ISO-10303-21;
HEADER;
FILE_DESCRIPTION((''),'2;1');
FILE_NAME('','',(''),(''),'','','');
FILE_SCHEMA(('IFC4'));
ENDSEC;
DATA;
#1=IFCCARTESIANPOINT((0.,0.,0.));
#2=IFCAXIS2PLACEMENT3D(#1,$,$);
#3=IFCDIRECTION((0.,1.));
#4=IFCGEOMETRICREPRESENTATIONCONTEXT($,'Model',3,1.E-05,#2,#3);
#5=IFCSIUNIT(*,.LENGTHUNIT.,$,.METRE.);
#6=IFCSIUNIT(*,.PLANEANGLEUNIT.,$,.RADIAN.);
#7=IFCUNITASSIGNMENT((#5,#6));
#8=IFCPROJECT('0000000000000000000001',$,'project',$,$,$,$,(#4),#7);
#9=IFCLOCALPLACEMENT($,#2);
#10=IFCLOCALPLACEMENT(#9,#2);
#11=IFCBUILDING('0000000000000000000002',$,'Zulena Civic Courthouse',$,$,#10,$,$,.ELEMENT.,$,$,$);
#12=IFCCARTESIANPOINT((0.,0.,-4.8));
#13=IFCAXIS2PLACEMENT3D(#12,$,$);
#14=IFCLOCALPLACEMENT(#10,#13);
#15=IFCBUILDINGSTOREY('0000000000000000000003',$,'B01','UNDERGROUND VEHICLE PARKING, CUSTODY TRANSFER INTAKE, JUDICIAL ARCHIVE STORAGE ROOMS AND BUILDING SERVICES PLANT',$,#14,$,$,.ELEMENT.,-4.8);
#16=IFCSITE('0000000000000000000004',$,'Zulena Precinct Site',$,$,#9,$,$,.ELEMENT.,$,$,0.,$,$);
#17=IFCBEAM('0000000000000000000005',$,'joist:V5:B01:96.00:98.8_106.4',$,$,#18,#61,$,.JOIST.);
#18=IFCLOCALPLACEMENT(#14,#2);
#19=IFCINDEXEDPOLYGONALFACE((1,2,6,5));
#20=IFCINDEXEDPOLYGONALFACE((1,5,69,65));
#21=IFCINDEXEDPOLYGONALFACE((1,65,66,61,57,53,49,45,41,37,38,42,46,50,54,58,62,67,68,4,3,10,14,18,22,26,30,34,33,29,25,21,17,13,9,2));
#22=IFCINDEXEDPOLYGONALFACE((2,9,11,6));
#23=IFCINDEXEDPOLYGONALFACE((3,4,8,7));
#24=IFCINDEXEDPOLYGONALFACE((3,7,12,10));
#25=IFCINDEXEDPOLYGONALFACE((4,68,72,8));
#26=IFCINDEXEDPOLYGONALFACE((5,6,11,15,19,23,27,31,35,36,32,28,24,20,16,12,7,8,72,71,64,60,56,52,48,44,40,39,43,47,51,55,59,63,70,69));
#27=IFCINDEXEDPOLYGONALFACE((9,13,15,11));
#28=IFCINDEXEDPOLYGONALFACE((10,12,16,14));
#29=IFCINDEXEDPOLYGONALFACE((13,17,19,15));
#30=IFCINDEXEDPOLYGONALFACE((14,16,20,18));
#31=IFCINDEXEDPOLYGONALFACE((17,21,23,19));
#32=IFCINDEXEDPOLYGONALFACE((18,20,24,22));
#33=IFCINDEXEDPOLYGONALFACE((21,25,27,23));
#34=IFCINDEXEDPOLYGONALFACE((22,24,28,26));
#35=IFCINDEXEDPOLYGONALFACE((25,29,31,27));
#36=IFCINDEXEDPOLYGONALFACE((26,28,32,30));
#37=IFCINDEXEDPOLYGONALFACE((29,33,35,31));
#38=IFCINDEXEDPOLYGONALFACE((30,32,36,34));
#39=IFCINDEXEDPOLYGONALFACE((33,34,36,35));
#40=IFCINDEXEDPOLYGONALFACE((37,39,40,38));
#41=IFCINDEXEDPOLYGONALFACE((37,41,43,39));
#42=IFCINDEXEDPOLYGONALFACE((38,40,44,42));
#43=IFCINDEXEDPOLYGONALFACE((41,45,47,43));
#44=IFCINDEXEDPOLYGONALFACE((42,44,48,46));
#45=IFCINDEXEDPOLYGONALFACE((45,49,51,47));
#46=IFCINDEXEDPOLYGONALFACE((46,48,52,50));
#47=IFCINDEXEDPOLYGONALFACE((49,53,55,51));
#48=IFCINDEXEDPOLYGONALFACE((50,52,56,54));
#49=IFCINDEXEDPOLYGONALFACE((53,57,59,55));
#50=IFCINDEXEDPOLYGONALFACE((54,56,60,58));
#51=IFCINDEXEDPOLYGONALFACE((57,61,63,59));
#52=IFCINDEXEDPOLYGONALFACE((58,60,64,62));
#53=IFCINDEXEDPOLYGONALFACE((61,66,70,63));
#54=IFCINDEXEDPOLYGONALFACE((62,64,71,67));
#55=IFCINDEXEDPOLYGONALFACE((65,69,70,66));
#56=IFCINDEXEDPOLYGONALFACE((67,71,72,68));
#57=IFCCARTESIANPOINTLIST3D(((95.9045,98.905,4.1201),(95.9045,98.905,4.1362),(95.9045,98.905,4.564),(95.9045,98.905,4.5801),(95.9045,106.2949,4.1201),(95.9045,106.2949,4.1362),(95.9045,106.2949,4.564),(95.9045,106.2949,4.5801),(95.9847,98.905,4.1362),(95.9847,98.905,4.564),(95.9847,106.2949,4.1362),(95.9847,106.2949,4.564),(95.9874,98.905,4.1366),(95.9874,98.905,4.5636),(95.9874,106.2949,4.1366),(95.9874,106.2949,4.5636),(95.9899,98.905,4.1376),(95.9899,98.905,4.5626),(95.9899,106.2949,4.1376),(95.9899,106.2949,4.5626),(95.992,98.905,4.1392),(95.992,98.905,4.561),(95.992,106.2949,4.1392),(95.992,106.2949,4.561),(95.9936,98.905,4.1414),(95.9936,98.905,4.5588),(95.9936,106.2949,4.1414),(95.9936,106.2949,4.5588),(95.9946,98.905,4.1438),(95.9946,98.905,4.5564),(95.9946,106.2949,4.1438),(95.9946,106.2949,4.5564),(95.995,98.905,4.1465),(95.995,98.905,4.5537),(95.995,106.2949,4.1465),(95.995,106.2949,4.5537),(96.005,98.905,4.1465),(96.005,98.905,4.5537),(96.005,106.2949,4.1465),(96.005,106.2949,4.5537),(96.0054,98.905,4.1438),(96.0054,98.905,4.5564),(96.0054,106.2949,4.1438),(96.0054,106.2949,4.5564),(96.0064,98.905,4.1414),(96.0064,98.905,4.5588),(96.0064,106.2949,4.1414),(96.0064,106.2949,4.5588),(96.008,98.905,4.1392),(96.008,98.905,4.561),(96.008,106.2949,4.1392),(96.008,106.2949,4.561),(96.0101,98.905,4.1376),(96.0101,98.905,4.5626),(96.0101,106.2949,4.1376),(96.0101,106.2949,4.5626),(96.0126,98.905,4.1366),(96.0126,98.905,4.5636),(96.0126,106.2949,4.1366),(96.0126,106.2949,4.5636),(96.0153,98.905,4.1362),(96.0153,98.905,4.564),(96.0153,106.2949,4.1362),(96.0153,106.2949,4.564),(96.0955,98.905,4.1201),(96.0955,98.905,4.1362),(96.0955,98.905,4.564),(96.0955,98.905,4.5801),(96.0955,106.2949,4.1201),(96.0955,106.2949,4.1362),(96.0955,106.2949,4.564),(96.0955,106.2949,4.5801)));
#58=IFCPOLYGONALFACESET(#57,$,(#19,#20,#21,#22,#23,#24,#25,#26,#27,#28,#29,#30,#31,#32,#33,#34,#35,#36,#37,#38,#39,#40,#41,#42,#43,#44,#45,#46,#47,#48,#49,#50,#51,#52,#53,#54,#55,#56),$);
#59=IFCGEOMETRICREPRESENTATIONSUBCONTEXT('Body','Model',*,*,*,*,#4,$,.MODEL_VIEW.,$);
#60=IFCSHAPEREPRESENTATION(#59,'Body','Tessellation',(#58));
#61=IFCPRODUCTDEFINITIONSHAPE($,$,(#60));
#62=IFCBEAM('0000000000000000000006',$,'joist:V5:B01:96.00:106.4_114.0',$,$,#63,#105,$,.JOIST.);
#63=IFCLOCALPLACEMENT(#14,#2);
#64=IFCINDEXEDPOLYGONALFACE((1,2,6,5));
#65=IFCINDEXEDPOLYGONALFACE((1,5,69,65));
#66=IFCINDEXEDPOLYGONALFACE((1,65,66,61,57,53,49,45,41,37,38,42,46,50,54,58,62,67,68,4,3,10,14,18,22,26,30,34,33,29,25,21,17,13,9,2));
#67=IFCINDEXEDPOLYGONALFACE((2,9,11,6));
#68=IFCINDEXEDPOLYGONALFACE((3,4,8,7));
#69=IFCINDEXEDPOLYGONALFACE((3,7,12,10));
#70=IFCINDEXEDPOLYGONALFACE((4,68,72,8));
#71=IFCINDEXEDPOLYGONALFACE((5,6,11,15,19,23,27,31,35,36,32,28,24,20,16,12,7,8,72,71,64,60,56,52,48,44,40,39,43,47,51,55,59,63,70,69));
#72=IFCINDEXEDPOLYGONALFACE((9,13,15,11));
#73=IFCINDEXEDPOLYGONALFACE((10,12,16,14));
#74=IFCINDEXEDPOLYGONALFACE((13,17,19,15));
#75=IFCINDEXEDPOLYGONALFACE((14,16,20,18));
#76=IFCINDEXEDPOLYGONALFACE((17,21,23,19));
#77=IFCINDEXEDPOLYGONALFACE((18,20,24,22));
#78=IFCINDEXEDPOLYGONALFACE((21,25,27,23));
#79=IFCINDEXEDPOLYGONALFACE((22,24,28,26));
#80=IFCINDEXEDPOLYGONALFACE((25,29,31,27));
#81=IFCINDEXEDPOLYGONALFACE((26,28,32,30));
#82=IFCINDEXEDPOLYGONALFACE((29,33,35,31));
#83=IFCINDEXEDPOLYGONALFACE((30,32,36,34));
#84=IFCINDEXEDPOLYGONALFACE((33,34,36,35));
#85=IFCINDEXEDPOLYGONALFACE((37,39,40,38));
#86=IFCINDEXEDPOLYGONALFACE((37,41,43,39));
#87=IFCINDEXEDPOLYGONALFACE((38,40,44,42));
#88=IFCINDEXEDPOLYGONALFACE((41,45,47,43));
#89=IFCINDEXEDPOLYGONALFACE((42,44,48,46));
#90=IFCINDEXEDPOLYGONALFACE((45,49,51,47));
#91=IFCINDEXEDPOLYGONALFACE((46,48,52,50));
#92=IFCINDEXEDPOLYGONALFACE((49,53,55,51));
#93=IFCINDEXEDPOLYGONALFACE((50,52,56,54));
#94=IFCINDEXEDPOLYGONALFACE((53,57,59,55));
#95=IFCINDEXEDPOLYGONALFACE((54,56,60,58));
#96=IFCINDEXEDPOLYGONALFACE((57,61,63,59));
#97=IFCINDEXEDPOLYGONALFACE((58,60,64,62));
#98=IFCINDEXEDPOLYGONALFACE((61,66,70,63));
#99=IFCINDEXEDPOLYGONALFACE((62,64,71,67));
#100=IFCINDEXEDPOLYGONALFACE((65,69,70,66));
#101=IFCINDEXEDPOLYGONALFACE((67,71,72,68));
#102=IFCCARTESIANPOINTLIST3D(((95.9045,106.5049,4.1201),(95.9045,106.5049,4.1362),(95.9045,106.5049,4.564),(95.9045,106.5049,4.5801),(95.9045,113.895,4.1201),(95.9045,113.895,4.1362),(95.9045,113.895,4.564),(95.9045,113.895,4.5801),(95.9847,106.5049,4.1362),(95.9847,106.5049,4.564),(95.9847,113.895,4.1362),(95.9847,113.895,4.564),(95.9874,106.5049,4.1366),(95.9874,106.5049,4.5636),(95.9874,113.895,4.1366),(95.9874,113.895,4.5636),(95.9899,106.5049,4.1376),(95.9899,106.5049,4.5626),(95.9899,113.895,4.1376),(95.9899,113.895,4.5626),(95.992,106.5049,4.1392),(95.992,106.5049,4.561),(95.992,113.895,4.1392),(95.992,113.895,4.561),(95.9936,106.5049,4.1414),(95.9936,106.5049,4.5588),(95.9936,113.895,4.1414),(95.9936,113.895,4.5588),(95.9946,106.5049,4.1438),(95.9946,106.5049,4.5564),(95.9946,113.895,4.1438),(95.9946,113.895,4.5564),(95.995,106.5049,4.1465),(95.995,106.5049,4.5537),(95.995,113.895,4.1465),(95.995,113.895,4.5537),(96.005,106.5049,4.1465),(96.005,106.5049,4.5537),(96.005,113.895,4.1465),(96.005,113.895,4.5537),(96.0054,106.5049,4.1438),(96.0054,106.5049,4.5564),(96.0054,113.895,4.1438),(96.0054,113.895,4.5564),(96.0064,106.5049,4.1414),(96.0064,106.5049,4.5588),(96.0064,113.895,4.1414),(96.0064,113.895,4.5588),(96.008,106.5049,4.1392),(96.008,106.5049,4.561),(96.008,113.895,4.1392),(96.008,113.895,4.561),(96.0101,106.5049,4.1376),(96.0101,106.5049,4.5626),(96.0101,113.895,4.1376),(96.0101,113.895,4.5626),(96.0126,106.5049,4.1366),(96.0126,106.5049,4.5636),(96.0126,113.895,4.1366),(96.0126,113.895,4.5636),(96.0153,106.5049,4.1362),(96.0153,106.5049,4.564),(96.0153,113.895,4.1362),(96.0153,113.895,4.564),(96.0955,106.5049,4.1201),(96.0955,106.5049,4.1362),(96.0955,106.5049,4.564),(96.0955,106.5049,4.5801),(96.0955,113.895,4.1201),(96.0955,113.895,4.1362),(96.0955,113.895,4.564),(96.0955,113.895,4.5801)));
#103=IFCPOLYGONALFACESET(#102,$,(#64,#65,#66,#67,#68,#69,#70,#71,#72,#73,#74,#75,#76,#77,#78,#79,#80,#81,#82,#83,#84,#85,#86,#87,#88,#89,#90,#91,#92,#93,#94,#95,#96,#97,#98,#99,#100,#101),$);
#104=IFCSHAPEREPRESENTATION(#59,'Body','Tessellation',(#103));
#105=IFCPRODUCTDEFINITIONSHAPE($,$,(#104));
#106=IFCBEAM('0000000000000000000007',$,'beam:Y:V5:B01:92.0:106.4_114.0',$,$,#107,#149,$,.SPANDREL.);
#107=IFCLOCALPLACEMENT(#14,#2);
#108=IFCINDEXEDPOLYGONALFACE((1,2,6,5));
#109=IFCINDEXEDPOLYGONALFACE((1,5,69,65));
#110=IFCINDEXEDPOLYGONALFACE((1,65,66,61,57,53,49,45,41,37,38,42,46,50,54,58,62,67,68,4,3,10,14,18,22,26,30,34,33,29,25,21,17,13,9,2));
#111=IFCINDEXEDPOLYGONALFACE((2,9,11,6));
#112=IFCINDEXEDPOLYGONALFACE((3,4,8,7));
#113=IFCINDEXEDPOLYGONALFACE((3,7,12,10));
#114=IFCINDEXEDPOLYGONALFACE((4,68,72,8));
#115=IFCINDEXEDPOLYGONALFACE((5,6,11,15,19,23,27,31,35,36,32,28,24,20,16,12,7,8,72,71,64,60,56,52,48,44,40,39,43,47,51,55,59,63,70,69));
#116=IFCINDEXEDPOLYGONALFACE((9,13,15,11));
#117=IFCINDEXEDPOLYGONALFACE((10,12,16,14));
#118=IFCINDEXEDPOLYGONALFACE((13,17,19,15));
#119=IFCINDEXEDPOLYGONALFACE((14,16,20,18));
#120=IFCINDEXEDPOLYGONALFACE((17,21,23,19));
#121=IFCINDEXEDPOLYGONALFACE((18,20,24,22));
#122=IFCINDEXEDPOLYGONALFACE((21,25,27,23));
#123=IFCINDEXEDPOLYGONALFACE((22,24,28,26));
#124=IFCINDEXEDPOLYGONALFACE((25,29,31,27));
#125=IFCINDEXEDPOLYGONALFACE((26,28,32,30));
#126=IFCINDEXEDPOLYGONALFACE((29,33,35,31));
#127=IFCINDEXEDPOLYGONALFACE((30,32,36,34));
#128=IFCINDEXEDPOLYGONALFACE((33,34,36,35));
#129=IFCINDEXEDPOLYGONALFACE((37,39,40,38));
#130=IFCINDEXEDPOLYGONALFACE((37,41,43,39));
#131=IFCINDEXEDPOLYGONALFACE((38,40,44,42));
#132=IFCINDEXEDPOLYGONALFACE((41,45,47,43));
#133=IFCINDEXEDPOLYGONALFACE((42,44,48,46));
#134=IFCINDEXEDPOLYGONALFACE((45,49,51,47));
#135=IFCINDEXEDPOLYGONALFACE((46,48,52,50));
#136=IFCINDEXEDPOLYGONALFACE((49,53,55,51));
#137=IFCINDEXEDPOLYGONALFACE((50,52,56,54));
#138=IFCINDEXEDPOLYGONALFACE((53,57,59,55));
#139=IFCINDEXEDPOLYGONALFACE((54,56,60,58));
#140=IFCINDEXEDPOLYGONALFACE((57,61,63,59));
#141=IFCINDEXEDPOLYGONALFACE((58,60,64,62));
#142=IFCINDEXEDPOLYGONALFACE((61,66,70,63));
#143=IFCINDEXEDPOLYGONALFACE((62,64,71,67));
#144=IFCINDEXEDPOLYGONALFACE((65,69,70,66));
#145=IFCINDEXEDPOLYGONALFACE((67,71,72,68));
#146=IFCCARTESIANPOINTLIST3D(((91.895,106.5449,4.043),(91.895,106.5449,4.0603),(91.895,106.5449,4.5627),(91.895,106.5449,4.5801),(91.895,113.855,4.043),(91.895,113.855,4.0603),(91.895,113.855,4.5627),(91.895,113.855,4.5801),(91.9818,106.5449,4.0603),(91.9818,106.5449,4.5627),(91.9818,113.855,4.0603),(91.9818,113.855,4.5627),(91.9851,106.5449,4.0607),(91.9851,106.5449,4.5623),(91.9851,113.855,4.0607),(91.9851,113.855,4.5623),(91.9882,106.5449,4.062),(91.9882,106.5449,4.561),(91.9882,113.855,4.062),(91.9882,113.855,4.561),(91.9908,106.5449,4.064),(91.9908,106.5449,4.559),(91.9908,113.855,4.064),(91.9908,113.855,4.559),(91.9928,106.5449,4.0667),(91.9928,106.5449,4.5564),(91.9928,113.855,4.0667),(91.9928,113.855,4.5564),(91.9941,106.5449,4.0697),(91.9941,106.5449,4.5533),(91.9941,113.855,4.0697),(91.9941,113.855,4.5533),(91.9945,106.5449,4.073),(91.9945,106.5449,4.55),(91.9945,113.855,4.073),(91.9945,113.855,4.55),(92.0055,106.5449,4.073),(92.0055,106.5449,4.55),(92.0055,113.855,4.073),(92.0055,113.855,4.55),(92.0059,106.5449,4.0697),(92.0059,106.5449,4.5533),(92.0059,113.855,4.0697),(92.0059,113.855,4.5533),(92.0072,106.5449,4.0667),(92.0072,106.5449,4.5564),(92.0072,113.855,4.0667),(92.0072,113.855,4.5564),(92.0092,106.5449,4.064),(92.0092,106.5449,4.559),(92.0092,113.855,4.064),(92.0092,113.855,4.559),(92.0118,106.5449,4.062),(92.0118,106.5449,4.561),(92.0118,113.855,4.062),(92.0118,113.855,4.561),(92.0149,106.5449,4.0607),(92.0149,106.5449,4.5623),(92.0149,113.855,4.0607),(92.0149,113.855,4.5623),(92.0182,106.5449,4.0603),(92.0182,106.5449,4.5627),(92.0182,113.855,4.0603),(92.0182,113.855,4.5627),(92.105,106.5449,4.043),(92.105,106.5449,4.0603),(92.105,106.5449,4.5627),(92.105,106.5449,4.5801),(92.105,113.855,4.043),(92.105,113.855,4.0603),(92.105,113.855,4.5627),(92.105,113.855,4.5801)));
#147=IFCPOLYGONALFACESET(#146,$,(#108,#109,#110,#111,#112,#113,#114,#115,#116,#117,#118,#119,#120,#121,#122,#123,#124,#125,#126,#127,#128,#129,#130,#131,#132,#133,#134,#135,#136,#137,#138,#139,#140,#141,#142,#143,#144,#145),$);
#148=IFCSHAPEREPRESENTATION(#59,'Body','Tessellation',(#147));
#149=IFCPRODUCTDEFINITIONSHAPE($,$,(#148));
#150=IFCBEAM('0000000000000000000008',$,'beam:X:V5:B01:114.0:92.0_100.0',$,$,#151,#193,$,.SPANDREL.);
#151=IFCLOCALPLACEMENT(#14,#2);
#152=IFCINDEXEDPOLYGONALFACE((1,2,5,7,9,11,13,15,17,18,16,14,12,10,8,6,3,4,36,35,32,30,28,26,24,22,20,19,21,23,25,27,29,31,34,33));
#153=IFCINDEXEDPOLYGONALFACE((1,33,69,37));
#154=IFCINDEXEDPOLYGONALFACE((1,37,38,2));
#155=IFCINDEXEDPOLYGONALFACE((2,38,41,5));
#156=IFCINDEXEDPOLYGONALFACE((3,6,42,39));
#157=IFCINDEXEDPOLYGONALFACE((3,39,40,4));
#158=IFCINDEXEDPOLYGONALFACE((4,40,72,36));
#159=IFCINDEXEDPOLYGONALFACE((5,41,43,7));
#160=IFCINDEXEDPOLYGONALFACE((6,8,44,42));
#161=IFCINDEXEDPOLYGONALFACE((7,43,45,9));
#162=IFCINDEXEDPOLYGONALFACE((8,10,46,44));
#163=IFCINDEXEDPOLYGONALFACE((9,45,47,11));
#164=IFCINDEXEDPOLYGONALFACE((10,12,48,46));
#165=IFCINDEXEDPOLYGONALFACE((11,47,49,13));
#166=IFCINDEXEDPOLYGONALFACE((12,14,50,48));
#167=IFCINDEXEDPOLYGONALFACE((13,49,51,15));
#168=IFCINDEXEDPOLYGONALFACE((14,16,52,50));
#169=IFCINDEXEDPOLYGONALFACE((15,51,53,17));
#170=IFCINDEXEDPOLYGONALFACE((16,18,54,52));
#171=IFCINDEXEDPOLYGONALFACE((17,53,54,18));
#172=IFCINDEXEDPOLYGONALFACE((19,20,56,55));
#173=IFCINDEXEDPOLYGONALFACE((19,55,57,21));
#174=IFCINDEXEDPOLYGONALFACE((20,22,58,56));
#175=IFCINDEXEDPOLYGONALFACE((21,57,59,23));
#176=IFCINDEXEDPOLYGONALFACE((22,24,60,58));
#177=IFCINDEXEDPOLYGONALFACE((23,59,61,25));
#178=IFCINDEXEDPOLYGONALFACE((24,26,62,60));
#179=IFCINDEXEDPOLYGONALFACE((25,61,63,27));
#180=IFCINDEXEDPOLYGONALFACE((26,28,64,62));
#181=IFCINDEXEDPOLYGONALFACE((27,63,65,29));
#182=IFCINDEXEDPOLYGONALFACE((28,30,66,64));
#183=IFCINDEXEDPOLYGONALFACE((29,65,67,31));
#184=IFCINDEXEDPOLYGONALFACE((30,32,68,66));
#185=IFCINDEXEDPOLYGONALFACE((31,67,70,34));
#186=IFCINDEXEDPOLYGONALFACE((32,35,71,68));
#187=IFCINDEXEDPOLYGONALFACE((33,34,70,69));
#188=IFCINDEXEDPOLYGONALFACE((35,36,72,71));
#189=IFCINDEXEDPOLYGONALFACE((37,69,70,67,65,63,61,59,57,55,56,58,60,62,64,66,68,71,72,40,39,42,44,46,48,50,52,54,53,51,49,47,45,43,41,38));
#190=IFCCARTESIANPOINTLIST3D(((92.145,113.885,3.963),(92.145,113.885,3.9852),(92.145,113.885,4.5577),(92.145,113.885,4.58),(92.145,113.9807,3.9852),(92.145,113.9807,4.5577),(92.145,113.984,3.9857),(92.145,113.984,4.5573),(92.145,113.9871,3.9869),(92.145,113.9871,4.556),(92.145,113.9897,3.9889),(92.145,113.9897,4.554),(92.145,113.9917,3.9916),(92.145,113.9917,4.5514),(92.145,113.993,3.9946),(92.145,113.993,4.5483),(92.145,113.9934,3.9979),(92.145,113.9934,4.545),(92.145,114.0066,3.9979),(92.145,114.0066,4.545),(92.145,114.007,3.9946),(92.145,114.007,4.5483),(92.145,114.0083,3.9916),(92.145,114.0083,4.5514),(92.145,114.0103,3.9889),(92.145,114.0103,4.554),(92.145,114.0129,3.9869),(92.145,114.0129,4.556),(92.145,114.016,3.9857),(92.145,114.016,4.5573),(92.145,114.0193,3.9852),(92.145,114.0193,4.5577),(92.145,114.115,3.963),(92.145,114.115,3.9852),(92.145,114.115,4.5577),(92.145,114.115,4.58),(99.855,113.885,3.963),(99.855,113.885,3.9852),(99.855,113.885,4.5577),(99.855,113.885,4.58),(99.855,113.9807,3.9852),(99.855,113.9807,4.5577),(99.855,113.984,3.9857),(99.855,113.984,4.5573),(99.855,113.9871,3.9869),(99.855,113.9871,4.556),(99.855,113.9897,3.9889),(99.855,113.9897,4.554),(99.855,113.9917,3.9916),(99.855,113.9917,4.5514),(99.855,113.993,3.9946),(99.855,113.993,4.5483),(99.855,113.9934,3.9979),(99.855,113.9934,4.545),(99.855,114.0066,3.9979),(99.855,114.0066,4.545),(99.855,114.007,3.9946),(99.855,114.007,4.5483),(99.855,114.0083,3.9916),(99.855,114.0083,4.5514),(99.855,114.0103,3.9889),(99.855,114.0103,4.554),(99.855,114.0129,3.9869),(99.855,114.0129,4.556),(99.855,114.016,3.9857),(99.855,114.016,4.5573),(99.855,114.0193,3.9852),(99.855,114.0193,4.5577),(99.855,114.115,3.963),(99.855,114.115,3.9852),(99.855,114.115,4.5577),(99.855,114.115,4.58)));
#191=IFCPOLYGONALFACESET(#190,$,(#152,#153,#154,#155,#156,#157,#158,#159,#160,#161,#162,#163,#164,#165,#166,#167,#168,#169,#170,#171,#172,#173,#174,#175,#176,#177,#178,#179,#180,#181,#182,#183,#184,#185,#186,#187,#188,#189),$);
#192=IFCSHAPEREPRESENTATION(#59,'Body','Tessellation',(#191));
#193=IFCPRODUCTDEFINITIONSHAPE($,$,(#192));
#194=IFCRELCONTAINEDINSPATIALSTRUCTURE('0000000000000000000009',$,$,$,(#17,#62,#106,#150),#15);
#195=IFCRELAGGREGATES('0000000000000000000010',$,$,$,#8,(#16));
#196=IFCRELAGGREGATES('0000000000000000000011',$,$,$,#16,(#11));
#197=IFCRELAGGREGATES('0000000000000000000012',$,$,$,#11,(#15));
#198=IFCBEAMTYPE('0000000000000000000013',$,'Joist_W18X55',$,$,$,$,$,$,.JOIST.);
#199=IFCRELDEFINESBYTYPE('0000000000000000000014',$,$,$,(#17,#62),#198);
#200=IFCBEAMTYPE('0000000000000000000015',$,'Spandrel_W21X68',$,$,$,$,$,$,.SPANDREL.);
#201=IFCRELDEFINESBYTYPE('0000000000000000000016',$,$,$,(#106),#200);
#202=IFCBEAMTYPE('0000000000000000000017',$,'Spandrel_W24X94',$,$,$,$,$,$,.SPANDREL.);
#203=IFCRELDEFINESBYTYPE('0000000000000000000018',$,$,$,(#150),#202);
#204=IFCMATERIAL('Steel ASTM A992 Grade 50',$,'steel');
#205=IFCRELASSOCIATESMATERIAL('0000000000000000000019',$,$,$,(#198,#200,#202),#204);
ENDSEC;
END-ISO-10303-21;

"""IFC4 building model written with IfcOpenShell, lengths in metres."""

from ifc_helpers import new_model, si_unit, direction, frame, origin, origin_2d, place, context, subcontext, project, spatial, i_section, extrude, material, material_profile, profile_set, type_object, element, save


model = new_model("IFC4")

# Units and contexts
model_context = context("Model", 3, precision=1e-05, world=origin(), true_north=direction((0.0, 1.0)))
body_context = subcontext(model_context, "Body", "Model", "MODEL_VIEW")
ifc_project = project(units=[si_unit("LENGTHUNIT", "METRE"), si_unit("PLANEANGLEUNIT", "RADIAN")], contexts=[model_context])

# Site, building, storey
site_placement = place(None, origin())
site = spatial("IfcSite", under=ifc_project, at=site_placement, Name="Zulena Precinct Site", CompositionType="ELEMENT", RefElevation=0.0)
building_placement = place(site_placement, origin())
building = spatial("IfcBuilding", under=site, at=building_placement, Name="Zulena Civic Courthouse", CompositionType="ELEMENT")
storey_placement = place(building_placement, frame((0.0, 0.0, -4.8)))
storey = spatial("IfcBuildingStorey", under=building, at=storey_placement, Name="B01", Description="UNDERGROUND VEHICLE PARKING, CUSTODY TRANSFER INTAKE, JUDICIAL ARCHIVE STORAGE ROOMS AND BUILDING SERVICES PLANT", CompositionType="ELEMENT", Elevation=-4.8)

# Shared definitions
ifc_material_1 = material(Name="Steel ASTM A992 Grade 50", Category="steel")

# Beams
ifc_material_profile_1 = material_profile(ifc_material_1, i_section(OverallWidth=0.1909, OverallDepth=0.46, WebThickness=0.01, FlangeThickness=0.0161, FilletRadius=0.0103, at=origin_2d()), Name="W18X55")
ifc_profile_set_1 = profile_set([ifc_material_profile_1], Name="Steel ASTM A992 Grade 50")
beam_type_1 = type_object("IfcBeamType", Name="Joist_W18X55", PredefinedType="JOIST", material=ifc_profile_set_1)
beam_1_placement = place(storey_placement, frame((96.0, 98.905, 4.3501), z_axis=(0.0, 1.0, 0.0), x_axis=(-1.0, 0.0, 0.0)))
element("IfcBeam", 1, at=beam_1_placement, inside=storey, type_object=beam_type_1, Name="joist:V5:B01:96.00:98.8_106.4", PredefinedType="JOIST", context=body_context, shape_type="SweptSolid", body=[
    extrude(i_section(OverallWidth=0.1909, OverallDepth=0.46, WebThickness=0.01, FlangeThickness=0.0161, FilletRadius=0.0103, at=origin_2d()), origin(), (0.0, 0.0, 1.0), 7.3899),
])
beam_2_placement = place(storey_placement, frame((96.0, 106.5049, 4.3501), z_axis=(0.0, 1.0, 0.0), x_axis=(-1.0, 0.0, 0.0)))
element("IfcBeam", 2, at=beam_2_placement, inside=storey, type_object=beam_type_1, Name="joist:V5:B01:96.00:106.4_114.0", PredefinedType="JOIST", context=body_context, shape_type="SweptSolid", body=[
    extrude(i_section(OverallWidth=0.1909, OverallDepth=0.46, WebThickness=0.01, FlangeThickness=0.0161, FilletRadius=0.0103, at=origin_2d()), origin(), (0.0, 0.0, 1.0), 7.3901),
])
ifc_material_profile_2 = material_profile(ifc_material_1, i_section(OverallWidth=0.21, OverallDepth=0.5371, WebThickness=0.011, FlangeThickness=0.0173, FilletRadius=0.0127, at=origin_2d()), Name="W21X68")
ifc_profile_set_2 = profile_set([ifc_material_profile_2], Name="Steel ASTM A992 Grade 50")
beam_type_2 = type_object("IfcBeamType", Name="Spandrel_W21X68", PredefinedType="SPANDREL", material=ifc_profile_set_2)
beam_3_placement = place(storey_placement, frame((92.0, 106.5449, 4.3115), z_axis=(0.0, 1.0, 0.0), x_axis=(-1.0, 0.0, 0.0)))
element("IfcBeam", 3, at=beam_3_placement, inside=storey, type_object=beam_type_2, Name="beam:Y:V5:B01:92.0:106.4_114.0", PredefinedType="SPANDREL", context=body_context, shape_type="SweptSolid", body=[
    extrude(i_section(OverallWidth=0.21, OverallDepth=0.5371, WebThickness=0.011, FlangeThickness=0.0173, FilletRadius=0.0127, at=origin_2d()), origin(), (0.0, 0.0, 1.0), 7.3101),
])
ifc_material_profile_3 = material_profile(ifc_material_1, i_section(OverallWidth=0.23, OverallDepth=0.6169, WebThickness=0.0132, FlangeThickness=0.0222, FilletRadius=0.0127, at=origin_2d()), Name="W24X94")
ifc_profile_set_3 = profile_set([ifc_material_profile_3], Name="Steel ASTM A992 Grade 50")
beam_type_3 = type_object("IfcBeamType", Name="Spandrel_W24X94", PredefinedType="SPANDREL", material=ifc_profile_set_3)
beam_4_placement = place(storey_placement, frame((92.145, 114.0, 4.2715), z_axis=(1.0, 0.0, 0.0), x_axis=(0.0, 1.0, 0.0)))
element("IfcBeam", 4, at=beam_4_placement, inside=storey, type_object=beam_type_3, Name="beam:X:V5:B01:114.0:92.0_100.0", PredefinedType="SPANDREL", context=body_context, shape_type="SweptSolid", body=[
    extrude(i_section(OverallWidth=0.23, OverallDepth=0.6169, WebThickness=0.0132, FlangeThickness=0.0222, FilletRadius=0.0127, at=origin_2d()), origin(), (0.0, 0.0, 1.0), 7.71),
])

save(model, "model.ifc")
